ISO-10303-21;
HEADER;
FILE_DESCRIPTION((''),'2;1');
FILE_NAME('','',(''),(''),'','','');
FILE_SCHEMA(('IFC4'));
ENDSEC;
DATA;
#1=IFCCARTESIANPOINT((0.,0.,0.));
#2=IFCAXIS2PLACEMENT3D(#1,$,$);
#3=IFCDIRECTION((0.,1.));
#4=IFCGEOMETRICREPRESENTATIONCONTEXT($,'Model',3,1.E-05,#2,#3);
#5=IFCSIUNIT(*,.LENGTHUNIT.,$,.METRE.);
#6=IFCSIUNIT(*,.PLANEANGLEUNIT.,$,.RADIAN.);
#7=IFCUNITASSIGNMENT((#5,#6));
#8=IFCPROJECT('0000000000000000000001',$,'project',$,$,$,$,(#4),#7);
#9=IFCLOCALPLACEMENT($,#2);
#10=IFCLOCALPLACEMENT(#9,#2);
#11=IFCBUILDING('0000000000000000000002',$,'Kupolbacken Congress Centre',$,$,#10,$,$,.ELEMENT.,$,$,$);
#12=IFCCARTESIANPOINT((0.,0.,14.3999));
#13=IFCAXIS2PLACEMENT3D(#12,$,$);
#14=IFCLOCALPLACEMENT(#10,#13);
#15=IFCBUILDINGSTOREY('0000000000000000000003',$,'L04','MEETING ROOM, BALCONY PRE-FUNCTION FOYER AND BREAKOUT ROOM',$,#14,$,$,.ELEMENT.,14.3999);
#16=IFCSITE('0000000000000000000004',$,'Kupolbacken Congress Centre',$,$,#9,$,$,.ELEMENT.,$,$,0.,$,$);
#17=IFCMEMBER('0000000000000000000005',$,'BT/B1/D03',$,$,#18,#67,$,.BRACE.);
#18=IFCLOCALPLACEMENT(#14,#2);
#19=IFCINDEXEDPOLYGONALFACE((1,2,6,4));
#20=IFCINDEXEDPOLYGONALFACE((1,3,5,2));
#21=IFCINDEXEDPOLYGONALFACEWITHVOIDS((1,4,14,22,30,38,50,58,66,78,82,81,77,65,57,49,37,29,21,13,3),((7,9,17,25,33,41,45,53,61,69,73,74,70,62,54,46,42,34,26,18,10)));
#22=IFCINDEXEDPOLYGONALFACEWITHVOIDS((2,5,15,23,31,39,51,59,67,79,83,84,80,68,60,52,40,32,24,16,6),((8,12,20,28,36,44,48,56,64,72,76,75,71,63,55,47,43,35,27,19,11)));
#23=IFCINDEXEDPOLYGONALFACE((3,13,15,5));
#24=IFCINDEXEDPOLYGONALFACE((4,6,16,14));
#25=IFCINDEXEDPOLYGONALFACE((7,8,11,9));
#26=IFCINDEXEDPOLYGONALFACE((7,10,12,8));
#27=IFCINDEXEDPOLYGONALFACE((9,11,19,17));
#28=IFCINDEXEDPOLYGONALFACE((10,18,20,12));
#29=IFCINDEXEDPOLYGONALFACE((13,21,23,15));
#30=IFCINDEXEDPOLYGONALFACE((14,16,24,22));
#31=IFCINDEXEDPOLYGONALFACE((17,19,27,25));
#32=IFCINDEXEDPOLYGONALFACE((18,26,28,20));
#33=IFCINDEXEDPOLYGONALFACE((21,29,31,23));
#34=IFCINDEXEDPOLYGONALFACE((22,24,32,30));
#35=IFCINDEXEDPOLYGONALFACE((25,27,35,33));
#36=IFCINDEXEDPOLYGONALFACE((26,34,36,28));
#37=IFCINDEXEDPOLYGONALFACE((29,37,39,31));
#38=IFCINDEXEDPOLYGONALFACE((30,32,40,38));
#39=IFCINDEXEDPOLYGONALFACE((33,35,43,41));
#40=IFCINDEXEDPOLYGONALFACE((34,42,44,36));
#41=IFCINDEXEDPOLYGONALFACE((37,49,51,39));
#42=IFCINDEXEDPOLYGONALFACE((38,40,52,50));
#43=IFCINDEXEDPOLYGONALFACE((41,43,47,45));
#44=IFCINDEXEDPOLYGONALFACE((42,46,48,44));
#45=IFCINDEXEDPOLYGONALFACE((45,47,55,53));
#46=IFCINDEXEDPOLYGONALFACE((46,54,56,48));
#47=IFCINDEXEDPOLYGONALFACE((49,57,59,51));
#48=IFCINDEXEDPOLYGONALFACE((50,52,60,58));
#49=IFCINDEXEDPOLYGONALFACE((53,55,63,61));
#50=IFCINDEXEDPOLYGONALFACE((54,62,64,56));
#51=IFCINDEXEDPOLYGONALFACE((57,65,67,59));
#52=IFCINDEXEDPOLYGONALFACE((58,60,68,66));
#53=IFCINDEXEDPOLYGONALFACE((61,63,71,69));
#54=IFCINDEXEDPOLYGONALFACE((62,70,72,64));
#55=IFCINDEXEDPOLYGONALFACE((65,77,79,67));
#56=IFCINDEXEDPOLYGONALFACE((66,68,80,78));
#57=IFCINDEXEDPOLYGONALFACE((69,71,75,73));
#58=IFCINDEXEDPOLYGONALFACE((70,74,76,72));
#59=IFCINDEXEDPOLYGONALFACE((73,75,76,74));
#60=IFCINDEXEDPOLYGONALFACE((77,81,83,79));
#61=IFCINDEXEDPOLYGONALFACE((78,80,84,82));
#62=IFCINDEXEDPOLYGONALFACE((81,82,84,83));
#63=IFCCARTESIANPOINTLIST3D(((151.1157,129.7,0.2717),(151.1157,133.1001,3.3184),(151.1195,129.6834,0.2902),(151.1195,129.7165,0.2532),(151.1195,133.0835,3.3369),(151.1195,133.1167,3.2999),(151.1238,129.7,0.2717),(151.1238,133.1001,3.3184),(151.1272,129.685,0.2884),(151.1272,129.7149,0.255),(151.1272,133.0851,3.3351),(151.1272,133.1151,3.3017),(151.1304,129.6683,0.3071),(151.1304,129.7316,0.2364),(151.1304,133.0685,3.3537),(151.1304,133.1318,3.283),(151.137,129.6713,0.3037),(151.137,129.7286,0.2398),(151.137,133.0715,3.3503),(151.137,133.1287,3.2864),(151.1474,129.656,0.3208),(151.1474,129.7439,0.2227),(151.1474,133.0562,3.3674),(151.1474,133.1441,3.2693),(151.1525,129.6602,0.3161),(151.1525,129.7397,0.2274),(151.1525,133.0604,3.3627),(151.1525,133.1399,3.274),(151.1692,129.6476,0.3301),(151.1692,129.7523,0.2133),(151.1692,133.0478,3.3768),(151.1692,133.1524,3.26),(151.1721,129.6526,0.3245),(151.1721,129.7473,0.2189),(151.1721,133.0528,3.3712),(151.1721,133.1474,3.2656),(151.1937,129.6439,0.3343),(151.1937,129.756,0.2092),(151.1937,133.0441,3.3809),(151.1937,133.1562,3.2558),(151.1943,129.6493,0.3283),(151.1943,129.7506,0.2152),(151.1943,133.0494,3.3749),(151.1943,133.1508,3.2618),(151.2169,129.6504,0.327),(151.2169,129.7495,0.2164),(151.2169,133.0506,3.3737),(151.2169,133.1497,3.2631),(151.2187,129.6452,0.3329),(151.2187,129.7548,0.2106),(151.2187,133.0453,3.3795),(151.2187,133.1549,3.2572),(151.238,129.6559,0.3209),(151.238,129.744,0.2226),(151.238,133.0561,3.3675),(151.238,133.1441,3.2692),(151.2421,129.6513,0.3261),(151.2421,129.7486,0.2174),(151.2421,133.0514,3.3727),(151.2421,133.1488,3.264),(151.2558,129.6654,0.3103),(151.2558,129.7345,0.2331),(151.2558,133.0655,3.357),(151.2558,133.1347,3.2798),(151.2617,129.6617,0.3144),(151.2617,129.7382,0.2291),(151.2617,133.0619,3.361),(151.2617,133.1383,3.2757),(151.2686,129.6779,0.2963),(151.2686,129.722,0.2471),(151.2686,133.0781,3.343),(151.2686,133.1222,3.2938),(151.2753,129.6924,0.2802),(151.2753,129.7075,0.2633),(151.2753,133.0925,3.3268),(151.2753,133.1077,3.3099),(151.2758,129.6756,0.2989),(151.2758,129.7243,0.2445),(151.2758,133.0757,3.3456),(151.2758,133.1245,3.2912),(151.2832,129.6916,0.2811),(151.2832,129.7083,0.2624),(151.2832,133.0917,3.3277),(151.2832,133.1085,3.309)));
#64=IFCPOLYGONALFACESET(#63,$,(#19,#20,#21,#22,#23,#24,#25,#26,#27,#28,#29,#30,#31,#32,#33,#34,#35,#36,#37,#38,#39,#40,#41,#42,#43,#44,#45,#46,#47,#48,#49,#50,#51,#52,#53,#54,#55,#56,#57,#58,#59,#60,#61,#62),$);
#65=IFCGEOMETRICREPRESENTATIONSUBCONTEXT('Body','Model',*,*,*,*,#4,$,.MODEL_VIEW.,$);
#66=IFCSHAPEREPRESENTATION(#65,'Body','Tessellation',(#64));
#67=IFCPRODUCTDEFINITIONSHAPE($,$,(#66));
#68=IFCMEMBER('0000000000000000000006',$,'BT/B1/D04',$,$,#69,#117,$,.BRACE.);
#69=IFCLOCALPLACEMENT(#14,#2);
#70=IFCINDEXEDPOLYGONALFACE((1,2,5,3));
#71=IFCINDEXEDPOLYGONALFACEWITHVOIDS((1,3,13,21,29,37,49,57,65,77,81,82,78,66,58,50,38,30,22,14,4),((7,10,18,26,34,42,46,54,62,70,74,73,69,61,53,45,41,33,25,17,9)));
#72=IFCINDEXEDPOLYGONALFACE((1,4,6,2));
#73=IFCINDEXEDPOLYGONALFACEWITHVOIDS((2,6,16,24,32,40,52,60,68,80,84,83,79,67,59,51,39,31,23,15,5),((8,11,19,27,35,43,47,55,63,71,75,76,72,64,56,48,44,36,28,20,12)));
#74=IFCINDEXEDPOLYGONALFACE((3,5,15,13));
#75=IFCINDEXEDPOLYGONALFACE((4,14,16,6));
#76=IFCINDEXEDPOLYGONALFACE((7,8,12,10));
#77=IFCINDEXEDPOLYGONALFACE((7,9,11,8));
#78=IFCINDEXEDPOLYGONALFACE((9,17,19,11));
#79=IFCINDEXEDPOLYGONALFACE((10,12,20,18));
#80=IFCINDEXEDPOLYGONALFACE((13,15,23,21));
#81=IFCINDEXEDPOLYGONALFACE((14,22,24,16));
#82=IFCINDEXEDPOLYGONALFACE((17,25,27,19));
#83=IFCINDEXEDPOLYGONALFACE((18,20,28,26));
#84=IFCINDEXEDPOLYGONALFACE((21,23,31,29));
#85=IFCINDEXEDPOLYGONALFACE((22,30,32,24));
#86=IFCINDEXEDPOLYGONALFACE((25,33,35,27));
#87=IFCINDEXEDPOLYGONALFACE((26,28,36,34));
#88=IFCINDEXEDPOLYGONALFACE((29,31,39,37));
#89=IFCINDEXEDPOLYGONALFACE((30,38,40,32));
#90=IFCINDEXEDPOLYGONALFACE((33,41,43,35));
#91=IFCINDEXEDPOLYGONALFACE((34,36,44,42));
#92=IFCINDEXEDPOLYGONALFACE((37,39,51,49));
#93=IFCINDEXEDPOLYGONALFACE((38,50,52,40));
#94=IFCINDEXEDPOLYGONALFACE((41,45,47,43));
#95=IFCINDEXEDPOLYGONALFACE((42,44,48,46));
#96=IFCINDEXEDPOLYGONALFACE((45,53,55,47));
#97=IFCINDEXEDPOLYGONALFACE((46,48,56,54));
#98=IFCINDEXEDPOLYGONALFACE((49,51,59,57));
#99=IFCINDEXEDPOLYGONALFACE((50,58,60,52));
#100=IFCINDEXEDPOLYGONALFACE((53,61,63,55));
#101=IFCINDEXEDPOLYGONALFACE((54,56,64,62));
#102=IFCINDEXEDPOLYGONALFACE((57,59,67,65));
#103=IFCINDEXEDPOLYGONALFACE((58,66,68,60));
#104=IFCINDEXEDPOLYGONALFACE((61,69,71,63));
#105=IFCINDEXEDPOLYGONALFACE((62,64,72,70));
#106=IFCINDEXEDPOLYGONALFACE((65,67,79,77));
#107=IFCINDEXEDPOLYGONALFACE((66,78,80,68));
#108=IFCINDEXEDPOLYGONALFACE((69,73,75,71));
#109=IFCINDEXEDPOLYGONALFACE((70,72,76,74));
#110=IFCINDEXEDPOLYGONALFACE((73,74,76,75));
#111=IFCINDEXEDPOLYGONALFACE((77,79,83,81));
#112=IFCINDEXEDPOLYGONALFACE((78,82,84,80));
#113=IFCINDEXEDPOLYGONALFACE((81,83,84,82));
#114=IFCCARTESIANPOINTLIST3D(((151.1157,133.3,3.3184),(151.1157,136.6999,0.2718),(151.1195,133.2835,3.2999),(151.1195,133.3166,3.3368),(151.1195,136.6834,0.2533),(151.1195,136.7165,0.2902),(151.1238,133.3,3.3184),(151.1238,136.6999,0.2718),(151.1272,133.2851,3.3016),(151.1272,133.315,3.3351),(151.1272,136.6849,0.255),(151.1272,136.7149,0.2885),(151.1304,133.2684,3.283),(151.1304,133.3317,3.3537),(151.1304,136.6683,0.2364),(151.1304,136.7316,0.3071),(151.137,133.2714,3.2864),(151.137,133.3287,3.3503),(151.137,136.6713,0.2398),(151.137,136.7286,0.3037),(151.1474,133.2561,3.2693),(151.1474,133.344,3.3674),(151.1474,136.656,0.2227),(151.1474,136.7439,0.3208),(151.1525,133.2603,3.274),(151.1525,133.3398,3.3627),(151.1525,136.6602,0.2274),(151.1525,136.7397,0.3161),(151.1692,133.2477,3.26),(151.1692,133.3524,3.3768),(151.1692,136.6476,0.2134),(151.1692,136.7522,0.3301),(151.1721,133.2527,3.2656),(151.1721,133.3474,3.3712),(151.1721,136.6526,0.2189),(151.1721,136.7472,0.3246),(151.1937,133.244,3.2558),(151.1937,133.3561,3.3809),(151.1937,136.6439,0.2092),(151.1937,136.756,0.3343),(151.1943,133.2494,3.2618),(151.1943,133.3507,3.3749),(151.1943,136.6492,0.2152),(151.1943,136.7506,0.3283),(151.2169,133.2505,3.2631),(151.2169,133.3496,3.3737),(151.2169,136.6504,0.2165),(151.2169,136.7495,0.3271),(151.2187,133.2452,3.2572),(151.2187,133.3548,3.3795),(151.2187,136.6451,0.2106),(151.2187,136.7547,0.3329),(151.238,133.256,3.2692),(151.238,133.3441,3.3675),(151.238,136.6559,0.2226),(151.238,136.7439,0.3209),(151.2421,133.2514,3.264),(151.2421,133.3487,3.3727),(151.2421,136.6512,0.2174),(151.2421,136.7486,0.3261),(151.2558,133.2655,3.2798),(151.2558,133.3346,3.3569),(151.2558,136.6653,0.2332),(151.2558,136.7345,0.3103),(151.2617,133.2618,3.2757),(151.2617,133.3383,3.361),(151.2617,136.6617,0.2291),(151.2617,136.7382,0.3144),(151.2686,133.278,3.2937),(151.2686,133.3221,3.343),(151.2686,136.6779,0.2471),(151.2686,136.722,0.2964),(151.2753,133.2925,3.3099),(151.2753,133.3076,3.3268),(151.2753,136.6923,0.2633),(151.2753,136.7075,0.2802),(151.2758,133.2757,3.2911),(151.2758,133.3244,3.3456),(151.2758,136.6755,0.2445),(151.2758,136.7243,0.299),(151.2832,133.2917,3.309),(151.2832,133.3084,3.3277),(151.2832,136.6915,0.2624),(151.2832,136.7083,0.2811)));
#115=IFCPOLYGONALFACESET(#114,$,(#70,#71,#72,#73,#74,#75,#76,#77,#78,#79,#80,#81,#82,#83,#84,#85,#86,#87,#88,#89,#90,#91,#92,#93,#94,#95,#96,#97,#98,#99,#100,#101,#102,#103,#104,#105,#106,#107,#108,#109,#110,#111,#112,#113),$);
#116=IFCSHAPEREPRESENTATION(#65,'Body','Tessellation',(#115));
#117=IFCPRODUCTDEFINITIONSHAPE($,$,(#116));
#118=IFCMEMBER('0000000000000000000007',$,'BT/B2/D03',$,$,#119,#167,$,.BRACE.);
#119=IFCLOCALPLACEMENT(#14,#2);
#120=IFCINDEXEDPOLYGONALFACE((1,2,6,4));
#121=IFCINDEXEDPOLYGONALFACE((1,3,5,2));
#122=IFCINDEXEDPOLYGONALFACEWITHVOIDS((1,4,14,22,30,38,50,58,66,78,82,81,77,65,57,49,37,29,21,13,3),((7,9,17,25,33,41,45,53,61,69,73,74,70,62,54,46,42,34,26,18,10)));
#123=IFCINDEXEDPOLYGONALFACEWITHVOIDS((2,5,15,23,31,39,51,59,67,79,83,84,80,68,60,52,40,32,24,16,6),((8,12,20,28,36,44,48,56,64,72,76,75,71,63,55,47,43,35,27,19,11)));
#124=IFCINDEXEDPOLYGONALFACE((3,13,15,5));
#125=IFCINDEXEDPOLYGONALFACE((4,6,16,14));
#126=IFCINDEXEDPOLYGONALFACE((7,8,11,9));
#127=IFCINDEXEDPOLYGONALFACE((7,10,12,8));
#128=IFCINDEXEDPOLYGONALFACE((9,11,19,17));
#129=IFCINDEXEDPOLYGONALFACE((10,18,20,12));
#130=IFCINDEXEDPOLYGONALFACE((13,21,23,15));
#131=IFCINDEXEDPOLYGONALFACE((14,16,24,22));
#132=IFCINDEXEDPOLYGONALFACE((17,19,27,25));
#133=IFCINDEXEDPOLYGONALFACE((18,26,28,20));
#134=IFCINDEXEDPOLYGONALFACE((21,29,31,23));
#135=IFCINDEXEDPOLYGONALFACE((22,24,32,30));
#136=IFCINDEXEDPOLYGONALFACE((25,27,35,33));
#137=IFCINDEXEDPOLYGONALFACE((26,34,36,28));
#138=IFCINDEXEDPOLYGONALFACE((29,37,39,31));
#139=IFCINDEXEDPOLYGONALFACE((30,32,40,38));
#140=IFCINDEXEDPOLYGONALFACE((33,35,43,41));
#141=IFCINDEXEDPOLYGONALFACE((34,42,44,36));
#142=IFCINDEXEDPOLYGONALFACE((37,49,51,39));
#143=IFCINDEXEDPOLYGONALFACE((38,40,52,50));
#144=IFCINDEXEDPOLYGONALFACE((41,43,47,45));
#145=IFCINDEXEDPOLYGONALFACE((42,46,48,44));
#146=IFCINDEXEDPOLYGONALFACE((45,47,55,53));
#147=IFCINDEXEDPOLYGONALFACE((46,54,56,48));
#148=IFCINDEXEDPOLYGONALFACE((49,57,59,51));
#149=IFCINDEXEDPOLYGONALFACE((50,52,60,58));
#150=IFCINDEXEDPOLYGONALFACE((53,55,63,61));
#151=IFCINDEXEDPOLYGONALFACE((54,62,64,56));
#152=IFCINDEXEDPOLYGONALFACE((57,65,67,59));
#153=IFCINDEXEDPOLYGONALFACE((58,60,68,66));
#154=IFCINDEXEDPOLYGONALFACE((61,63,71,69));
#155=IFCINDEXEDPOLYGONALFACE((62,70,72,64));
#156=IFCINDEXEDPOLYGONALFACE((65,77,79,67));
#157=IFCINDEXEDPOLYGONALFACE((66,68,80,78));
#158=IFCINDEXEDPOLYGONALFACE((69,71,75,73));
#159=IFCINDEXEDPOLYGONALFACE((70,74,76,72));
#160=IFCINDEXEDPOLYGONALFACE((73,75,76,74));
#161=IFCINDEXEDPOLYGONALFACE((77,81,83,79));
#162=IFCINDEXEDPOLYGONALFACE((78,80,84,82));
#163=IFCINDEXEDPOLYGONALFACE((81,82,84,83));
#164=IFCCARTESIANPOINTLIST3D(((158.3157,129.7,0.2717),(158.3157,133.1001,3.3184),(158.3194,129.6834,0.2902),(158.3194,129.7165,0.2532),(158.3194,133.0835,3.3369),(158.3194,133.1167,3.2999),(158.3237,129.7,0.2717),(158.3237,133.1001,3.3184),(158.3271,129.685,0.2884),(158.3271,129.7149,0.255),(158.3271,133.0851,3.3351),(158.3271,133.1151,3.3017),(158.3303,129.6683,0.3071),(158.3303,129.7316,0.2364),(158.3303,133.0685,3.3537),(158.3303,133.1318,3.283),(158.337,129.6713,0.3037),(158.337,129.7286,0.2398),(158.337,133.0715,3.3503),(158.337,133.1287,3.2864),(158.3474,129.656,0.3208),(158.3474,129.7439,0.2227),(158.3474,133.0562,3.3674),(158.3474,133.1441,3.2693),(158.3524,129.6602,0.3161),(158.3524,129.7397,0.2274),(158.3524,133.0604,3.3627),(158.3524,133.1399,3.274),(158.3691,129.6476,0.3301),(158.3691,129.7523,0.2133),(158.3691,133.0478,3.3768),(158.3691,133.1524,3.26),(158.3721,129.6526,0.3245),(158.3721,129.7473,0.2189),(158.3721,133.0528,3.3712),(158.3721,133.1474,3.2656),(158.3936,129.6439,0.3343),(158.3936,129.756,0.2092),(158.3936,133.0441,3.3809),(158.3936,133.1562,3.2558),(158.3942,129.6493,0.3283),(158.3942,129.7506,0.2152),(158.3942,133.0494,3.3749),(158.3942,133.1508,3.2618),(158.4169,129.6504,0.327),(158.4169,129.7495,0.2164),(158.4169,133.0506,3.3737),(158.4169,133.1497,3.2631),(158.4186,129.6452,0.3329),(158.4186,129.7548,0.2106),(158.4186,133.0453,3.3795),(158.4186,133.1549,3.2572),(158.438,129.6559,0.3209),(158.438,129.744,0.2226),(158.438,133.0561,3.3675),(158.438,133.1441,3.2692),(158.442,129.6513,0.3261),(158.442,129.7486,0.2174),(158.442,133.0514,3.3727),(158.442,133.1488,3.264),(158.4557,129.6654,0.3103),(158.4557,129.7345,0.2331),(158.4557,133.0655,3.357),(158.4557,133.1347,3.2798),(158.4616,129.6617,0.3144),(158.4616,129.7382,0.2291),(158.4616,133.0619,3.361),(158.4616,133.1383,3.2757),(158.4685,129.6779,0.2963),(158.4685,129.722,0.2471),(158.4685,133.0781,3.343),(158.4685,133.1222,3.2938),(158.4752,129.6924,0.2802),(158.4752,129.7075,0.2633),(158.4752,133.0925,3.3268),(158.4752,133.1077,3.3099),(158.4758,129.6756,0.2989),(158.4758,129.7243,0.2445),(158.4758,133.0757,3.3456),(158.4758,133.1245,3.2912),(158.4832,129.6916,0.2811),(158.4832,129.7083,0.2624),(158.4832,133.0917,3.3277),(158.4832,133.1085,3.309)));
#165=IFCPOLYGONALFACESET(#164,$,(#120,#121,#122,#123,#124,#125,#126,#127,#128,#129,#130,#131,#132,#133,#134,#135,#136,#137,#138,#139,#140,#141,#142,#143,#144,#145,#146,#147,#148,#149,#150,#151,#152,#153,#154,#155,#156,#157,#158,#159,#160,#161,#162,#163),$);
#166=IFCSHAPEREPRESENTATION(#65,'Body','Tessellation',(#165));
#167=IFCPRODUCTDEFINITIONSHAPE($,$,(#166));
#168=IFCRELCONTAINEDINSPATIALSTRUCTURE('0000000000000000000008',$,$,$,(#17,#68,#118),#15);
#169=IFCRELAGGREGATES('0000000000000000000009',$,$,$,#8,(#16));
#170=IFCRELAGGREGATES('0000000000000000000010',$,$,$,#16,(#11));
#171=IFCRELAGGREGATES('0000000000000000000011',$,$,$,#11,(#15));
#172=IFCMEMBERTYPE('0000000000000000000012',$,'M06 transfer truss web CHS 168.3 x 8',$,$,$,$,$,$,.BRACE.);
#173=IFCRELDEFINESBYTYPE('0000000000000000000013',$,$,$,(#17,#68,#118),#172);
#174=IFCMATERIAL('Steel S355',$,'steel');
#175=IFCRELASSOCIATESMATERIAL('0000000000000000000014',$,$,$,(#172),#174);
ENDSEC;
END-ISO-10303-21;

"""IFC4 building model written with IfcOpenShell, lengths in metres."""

from ifc_helpers import new_model, si_unit, direction, frame, origin, origin_2d, place, context, subcontext, project, spatial, hollow_circle, extrude, material, material_profile, profile_set, type_object, element, save


model = new_model("IFC4")

# Units and contexts
model_context = context("Model", 3, precision=1e-05, world=origin(), true_north=direction((0.0, 1.0)))
body_context = subcontext(model_context, "Body", "Model", "MODEL_VIEW")
ifc_project = project(units=[si_unit("LENGTHUNIT", "METRE"), si_unit("PLANEANGLEUNIT", "RADIAN")], contexts=[model_context])

# Site, building, storey
site_placement = place(None, origin())
site = spatial("IfcSite", under=ifc_project, at=site_placement, Name="Kupolbacken Congress Centre", CompositionType="ELEMENT", RefElevation=0.0)
building_placement = place(site_placement, origin())
building = spatial("IfcBuilding", under=site, at=building_placement, Name="Kupolbacken Congress Centre", CompositionType="ELEMENT")
storey_placement = place(building_placement, frame((0.0, 0.0, 14.3999)))
storey = spatial("IfcBuildingStorey", under=building, at=storey_placement, Name="L04", Description="MEETING ROOM, BALCONY PRE-FUNCTION FOYER AND BREAKOUT ROOM", CompositionType="ELEMENT", Elevation=14.3999)

# Members
ifc_material_1 = material(Name="Steel S355", Category="steel")
ifc_material_profile_1 = material_profile(ifc_material_1, hollow_circle(Radius=0.0842, WallThickness=0.0081, at=origin_2d()), Name="CHS 168.3 x 8")
ifc_profile_set_1 = profile_set([ifc_material_profile_1], Name="Steel S355")
member_type_1 = type_object("IfcMemberType", Name="M06 transfer truss web CHS 168.3 x 8", PredefinedType="BRACE", material=ifc_profile_set_1)
member_1_placement = place(storey_placement, frame((151.2, 129.7, 0.2717), z_axis=(0.0, 0.744763, 0.667329), x_axis=(-1.0, 0.0, 0.0)))
element("IfcMember", 1, at=member_1_placement, inside=storey, type_object=member_type_1, Name="BT/B1/D03", PredefinedType="BRACE", context=body_context, shape_type="SweptSolid", body=[
    extrude(hollow_circle(Radius=0.0842, WallThickness=0.0081, at=origin_2d()), origin(), (0.0, 0.0, 1.0), 4.5654),
])
member_2_placement = place(storey_placement, frame((151.2, 133.3, 3.3184), z_axis=(0.0, 0.744739, -0.667356), x_axis=(-1.0, 0.0, 0.0)))
element("IfcMember", 2, at=member_2_placement, inside=storey, type_object=member_type_1, Name="BT/B1/D04", PredefinedType="BRACE", context=body_context, shape_type="SweptSolid", body=[
    extrude(hollow_circle(Radius=0.0842, WallThickness=0.0081, at=origin_2d()), origin(), (0.0, 0.0, 1.0), 4.5652),
])
member_3_placement = place(storey_placement, frame((158.3999, 129.7, 0.2717), z_axis=(0.0, 0.744763, 0.667329), x_axis=(-1.0, 0.0, 0.0)))
element("IfcMember", 3, at=member_3_placement, inside=storey, type_object=member_type_1, Name="BT/B2/D03", PredefinedType="BRACE", context=body_context, shape_type="SweptSolid", body=[
    extrude(hollow_circle(Radius=0.0842, WallThickness=0.0081, at=origin_2d()), origin(), (0.0, 0.0, 1.0), 4.5654),
])

save(model, "model.ifc")
